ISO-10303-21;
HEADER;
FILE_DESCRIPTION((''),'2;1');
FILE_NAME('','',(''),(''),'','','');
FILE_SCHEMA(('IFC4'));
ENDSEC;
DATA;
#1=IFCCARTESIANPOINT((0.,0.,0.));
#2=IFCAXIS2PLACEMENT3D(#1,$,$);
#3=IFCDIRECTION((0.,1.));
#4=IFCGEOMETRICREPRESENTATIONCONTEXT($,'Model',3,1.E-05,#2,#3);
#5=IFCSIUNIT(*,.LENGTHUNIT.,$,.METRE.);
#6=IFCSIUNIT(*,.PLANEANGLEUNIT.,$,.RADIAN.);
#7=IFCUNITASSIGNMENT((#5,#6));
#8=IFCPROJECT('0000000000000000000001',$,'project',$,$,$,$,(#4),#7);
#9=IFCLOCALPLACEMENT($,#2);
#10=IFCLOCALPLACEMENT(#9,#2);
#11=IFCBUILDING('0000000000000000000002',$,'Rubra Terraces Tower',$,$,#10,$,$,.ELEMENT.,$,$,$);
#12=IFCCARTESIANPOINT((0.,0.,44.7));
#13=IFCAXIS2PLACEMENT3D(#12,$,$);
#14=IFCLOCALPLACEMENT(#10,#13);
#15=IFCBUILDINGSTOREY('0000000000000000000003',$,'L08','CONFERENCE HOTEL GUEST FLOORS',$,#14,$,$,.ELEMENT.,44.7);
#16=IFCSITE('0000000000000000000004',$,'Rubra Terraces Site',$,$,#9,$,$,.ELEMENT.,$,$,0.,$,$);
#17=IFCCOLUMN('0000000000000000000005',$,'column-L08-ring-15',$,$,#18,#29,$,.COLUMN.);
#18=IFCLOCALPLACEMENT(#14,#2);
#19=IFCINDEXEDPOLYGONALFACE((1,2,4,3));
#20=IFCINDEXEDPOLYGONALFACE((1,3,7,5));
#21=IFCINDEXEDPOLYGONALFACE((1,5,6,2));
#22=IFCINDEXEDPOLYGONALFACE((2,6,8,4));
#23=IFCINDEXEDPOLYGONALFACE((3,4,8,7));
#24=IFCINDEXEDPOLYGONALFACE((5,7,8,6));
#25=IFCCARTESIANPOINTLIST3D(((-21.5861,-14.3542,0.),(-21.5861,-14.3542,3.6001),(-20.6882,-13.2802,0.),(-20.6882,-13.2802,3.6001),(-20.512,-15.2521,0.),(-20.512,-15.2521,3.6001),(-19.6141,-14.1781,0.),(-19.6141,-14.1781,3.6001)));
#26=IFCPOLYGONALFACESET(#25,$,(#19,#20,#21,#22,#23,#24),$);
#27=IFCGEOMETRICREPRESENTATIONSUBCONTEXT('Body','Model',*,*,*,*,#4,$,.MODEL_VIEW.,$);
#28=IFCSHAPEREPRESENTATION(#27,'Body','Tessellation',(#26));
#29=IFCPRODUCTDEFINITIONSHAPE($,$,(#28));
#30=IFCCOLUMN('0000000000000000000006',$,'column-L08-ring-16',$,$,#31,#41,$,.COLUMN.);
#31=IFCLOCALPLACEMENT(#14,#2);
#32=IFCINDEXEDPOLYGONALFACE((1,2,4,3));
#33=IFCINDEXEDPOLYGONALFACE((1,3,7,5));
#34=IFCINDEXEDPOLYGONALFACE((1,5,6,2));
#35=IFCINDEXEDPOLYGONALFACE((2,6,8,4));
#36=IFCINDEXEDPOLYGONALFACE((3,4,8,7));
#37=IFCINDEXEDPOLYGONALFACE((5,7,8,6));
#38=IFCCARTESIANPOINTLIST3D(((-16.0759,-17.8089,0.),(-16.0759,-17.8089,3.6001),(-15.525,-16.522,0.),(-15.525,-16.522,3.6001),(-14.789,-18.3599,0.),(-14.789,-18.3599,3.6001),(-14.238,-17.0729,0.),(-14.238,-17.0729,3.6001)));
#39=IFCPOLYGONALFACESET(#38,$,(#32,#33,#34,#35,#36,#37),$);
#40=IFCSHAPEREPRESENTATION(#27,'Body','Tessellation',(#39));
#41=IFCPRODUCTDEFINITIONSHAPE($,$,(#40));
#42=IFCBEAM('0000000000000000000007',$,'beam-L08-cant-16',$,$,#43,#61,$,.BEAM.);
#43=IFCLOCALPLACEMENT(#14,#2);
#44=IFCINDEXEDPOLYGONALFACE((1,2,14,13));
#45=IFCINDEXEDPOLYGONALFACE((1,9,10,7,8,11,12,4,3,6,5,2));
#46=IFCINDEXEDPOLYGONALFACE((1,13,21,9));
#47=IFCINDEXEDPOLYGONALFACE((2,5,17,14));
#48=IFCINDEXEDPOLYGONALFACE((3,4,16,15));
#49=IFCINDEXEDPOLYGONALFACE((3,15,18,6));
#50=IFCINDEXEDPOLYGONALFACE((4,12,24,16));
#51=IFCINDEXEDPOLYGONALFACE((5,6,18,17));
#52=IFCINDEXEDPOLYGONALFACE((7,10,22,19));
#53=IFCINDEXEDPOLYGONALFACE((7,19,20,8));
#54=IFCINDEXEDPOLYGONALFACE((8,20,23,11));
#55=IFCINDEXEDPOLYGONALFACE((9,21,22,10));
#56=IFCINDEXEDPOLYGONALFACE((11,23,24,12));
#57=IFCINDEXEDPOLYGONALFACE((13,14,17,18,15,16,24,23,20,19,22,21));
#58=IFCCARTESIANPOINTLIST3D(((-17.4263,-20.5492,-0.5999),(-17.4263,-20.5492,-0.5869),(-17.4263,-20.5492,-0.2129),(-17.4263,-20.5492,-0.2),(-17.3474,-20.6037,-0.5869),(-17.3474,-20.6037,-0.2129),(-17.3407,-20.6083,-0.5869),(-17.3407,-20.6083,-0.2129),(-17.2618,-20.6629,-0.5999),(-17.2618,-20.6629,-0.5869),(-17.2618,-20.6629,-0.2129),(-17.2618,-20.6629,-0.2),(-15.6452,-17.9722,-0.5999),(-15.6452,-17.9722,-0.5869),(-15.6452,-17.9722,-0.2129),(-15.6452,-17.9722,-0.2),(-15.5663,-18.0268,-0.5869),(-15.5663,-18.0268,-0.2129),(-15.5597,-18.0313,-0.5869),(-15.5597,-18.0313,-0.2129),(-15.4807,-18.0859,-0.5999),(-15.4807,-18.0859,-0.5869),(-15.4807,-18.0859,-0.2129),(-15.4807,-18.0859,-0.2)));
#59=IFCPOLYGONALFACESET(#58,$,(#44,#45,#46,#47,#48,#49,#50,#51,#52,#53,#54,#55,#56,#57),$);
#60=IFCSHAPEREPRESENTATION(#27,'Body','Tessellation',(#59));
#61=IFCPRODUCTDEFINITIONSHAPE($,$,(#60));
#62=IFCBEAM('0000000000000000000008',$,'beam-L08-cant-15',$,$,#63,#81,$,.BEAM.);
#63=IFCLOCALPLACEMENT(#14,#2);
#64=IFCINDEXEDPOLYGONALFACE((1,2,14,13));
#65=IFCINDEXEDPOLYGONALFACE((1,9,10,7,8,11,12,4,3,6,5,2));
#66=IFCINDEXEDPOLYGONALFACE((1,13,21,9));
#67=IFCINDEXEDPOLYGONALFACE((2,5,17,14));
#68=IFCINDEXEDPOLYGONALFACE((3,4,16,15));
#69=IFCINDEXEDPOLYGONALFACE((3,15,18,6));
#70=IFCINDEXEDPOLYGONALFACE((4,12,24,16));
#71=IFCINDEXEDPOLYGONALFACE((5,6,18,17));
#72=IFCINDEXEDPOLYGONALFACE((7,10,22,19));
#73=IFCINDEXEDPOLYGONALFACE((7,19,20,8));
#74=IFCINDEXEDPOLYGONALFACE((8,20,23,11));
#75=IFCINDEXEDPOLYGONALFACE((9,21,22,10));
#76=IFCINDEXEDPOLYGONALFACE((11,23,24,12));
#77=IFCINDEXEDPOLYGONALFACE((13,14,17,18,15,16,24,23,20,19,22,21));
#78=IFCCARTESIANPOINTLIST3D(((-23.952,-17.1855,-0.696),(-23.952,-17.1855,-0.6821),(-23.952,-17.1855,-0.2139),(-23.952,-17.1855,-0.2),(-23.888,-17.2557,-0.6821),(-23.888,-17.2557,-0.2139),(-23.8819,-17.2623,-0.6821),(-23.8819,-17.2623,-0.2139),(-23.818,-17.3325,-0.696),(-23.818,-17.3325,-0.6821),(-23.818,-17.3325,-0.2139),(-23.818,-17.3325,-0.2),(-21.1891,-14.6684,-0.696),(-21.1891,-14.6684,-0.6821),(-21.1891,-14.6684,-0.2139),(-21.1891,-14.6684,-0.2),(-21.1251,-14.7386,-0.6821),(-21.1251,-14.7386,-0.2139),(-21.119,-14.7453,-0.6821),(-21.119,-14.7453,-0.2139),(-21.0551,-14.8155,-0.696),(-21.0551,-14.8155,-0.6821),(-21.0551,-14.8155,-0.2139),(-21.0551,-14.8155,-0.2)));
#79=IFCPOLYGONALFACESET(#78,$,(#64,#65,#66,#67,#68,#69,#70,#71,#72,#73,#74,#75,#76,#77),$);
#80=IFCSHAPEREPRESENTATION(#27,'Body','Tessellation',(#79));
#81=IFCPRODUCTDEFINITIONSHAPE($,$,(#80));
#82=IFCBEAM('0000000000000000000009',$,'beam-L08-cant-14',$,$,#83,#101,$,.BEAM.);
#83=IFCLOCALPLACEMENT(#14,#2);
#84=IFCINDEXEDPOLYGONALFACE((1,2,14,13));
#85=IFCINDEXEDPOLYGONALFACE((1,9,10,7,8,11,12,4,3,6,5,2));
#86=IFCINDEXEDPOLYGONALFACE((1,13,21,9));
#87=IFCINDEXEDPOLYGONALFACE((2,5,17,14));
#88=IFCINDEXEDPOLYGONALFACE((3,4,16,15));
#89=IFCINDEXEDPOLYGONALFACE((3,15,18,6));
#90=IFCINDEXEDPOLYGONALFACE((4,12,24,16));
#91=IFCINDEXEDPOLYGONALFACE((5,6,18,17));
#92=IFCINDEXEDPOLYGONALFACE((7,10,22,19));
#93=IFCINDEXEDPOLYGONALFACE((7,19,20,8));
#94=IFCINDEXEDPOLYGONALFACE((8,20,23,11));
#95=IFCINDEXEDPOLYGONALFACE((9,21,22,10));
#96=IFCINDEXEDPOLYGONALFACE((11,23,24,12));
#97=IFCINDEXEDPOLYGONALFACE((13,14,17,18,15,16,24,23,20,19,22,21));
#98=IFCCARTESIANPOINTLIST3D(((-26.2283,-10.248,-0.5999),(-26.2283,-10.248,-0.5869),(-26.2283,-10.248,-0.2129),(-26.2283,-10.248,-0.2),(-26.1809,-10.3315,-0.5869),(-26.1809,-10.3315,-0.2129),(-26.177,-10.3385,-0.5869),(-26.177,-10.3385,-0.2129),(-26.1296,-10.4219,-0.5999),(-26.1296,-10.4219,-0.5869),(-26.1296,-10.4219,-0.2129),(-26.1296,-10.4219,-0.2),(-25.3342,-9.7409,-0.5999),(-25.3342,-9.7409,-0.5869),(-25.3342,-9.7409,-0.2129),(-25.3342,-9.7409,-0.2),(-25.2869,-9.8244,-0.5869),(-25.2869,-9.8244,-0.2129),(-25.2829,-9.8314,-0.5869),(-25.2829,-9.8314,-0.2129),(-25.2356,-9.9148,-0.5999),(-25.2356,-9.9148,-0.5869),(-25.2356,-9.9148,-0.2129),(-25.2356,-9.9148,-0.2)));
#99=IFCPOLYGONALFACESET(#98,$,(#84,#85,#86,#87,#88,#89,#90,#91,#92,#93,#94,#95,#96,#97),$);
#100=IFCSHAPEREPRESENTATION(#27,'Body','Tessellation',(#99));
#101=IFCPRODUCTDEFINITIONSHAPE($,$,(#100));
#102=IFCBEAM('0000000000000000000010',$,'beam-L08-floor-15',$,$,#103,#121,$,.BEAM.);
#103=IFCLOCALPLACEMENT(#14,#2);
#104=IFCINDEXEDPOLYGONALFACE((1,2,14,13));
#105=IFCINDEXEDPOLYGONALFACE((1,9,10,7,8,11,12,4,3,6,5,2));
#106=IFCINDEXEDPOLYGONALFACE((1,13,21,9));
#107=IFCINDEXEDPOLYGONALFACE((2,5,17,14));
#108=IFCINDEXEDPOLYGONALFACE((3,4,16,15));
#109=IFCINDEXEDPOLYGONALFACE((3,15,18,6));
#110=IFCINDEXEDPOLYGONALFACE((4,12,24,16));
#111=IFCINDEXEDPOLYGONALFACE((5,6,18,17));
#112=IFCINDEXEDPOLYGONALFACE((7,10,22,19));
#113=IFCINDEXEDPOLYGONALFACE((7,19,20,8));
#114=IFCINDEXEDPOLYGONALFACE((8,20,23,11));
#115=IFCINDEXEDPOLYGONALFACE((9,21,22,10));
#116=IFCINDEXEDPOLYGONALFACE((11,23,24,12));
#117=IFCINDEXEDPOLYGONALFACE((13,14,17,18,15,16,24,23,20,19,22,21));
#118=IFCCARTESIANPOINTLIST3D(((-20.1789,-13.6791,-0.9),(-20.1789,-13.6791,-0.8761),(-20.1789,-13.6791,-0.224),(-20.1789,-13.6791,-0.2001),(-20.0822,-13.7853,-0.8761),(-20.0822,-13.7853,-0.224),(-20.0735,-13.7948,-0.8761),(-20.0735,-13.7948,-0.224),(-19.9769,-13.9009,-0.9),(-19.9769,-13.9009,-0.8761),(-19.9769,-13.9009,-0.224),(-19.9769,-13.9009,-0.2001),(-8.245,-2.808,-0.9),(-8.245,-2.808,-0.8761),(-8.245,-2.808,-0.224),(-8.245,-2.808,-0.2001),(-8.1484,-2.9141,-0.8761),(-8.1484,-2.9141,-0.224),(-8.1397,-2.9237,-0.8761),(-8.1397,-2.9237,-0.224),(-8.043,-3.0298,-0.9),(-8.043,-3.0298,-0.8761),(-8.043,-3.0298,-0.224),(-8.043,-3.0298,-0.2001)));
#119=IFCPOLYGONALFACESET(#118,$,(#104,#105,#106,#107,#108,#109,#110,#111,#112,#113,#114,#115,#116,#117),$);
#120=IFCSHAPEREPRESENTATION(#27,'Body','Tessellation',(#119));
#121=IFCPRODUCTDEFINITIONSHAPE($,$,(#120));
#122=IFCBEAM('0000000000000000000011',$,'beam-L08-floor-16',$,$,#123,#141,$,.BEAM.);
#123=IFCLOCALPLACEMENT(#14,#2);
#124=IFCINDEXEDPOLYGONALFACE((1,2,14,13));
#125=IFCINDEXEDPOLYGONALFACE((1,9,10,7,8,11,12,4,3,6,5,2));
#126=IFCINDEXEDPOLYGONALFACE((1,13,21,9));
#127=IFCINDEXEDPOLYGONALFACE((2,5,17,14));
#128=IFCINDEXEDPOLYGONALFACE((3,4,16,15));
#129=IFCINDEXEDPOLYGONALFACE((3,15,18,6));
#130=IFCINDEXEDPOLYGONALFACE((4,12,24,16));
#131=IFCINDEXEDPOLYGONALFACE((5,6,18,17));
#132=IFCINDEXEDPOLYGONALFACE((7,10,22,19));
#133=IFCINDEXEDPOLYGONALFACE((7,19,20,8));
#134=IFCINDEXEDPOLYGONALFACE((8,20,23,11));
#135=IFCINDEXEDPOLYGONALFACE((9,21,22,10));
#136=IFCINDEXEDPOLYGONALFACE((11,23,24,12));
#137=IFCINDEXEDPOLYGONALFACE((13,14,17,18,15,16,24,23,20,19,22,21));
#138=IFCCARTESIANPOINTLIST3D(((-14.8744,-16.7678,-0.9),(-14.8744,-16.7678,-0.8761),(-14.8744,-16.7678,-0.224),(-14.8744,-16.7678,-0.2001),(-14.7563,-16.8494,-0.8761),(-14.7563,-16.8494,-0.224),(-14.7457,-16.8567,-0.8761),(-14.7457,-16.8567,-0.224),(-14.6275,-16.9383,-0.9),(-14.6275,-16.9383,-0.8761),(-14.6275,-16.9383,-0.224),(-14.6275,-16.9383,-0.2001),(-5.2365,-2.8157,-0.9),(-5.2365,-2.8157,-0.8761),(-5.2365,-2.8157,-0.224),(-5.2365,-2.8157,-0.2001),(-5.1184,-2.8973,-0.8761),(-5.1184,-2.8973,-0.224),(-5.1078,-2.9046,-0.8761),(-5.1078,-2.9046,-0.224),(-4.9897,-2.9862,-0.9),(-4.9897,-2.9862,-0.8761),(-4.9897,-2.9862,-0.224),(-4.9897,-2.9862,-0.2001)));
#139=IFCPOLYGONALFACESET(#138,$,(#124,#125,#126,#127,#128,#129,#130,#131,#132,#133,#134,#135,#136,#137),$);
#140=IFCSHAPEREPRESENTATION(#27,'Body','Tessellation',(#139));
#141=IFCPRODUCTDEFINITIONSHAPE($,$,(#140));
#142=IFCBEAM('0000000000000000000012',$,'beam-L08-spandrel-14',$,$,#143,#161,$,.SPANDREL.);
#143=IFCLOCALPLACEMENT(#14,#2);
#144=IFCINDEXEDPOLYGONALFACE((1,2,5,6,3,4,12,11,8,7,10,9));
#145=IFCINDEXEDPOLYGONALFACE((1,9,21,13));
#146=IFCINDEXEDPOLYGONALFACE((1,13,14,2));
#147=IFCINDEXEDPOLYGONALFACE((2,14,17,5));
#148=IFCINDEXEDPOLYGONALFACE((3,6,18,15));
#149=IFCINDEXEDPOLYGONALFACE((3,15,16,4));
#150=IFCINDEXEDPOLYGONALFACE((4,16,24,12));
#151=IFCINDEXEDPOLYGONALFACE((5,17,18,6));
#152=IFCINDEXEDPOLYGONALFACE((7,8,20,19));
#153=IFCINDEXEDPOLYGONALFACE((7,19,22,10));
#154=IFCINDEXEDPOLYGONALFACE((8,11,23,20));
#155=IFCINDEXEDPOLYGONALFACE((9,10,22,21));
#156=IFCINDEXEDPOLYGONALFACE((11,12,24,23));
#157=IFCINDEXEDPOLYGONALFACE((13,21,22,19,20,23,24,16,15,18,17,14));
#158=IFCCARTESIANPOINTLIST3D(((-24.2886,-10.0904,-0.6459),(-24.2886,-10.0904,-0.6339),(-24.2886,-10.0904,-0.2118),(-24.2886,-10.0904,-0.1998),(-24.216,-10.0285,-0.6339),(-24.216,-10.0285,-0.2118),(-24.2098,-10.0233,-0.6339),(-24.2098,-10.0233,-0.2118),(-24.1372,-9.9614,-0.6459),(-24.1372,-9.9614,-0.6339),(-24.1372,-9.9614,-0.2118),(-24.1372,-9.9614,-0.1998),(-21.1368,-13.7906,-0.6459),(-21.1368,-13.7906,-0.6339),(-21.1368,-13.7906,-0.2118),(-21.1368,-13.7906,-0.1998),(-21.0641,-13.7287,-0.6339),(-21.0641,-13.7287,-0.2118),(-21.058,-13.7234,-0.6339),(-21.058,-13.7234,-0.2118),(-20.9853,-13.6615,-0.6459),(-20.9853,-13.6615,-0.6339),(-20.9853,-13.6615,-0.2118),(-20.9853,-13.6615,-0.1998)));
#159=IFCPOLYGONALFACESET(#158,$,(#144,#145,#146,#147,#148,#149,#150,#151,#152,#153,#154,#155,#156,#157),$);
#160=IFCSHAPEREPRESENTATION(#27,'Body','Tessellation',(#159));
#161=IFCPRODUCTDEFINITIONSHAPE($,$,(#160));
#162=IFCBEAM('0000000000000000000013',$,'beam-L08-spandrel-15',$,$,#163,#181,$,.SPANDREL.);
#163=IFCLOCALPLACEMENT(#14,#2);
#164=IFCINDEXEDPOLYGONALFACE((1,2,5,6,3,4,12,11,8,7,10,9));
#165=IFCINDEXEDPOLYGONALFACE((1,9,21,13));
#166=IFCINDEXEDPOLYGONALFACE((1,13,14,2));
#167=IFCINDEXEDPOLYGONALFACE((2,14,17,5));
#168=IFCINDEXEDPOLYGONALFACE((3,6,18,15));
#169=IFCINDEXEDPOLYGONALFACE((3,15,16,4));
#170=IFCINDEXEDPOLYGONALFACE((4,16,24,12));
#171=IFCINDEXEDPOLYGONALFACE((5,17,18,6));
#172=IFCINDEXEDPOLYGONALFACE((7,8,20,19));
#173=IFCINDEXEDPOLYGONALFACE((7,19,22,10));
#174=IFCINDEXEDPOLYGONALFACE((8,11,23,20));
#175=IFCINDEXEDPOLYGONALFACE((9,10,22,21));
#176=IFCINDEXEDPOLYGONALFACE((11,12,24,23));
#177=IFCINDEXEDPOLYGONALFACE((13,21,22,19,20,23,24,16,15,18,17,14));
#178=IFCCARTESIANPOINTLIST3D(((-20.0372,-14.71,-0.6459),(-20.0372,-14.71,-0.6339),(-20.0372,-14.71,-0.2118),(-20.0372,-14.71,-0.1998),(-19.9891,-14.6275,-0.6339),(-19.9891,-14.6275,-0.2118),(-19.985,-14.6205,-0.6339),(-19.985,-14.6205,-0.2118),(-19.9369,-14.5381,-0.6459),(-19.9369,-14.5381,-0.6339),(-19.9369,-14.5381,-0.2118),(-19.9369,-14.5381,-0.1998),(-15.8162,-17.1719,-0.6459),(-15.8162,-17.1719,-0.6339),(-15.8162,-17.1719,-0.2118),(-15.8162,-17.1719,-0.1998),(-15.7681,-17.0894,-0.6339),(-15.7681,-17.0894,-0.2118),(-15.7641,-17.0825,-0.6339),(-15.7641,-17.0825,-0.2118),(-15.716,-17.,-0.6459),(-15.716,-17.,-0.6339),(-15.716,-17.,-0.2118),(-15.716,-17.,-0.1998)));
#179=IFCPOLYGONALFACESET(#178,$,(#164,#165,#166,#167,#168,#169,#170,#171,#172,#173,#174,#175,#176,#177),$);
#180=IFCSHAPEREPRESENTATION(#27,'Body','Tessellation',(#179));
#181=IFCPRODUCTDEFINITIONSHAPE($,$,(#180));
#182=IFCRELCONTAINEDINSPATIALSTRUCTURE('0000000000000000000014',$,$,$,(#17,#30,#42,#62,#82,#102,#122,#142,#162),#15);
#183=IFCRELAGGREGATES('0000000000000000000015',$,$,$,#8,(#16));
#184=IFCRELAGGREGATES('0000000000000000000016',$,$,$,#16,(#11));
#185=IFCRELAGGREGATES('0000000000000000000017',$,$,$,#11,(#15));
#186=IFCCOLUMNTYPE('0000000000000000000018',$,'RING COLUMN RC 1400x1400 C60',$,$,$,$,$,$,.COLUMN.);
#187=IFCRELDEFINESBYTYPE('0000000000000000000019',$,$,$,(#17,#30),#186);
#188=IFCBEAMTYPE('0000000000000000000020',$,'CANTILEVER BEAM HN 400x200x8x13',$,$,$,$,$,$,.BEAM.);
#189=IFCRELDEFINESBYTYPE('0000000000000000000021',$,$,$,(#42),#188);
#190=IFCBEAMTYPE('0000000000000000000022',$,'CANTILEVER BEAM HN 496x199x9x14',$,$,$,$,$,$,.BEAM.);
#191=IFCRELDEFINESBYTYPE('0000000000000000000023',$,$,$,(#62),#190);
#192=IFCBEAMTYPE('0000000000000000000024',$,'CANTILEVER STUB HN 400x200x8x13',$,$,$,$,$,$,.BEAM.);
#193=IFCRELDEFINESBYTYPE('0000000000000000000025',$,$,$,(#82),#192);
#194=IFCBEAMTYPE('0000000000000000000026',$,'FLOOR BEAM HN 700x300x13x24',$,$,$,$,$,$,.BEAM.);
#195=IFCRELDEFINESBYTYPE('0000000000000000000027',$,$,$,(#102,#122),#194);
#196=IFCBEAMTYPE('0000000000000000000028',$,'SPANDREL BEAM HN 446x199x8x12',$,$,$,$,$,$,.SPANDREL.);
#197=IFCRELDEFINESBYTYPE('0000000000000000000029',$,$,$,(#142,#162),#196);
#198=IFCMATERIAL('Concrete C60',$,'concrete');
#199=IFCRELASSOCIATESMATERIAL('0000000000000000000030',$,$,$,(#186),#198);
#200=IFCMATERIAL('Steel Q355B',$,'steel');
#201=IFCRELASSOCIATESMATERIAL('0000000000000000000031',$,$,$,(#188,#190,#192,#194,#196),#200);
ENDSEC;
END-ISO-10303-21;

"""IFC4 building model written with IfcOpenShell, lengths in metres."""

from ifc_helpers import new_model, si_unit, direction, frame, origin, origin_2d, place, context, subcontext, project, spatial, rectangle, i_section, extrude, material, material_profile, profile_set, type_object, element, save


model = new_model("IFC4")

# Units and contexts
model_context = context("Model", 3, precision=1e-05, world=origin(), true_north=direction((0.0, 1.0)))
body_context = subcontext(model_context, "Body", "Model", "MODEL_VIEW")
ifc_project = project(units=[si_unit("LENGTHUNIT", "METRE"), si_unit("PLANEANGLEUNIT", "RADIAN")], contexts=[model_context])

# Site, building, storey
site_placement = place(None, origin())
site = spatial("IfcSite", under=ifc_project, at=site_placement, Name="Rubra Terraces Site", CompositionType="ELEMENT", RefElevation=0.0)
building_placement = place(site_placement, origin())
building = spatial("IfcBuilding", under=site, at=building_placement, Name="Rubra Terraces Tower", CompositionType="ELEMENT")
storey_placement = place(building_placement, frame((0.0, 0.0, 44.7)))
storey = spatial("IfcBuildingStorey", under=building, at=storey_placement, Name="L08", Description="CONFERENCE HOTEL GUEST FLOORS", CompositionType="ELEMENT", Elevation=44.7)

# Columns
ifc_material_1 = material(Name="Concrete C60", Category="concrete")
ifc_material_profile_1 = material_profile(ifc_material_1, rectangle(XDim=1.3999, YDim=1.3999, at=origin_2d()), Name="RC 1400x1400")
ifc_profile_set_1 = profile_set([ifc_material_profile_1], Name="Concrete C60")
column_type = type_object("IfcColumnType", Name="RING COLUMN RC 1400x1400 C60", PredefinedType="COLUMN", material=ifc_profile_set_1)
for number, where, z_axis, x_axis, name in (
    (1, (-20.6001, -14.2661, 0.0), (0.0, 0.0, 1.0), (0.76721, -0.641397, 0.0), "column-L08-ring-15"),
    (2, (-15.157, -17.4409, 0.0), (0.0, 0.0, 1.0), (0.919294, -0.393572, 0.0), "column-L08-ring-16"),
):
    element("IfcColumn", number, at=place(storey_placement, frame(where, z_axis=z_axis, x_axis=x_axis)), inside=storey, type_object=column_type, Name=name, PredefinedType="COLUMN", context=body_context, shape_type="SweptSolid", body=[
        extrude(rectangle(XDim=1.3999, YDim=1.3999, at=origin_2d()), origin(), (0.0, 0.0, 1.0), 3.6001),
    ])

# Beams
ifc_material_2 = material(Name="Steel Q355B", Category="steel")
ifc_material_profile_2 = material_profile(ifc_material_2, i_section(OverallWidth=0.2, OverallDepth=0.3999, WebThickness=0.0081, FlangeThickness=0.0129, at=origin_2d()), Name="HN 400x200x8x13")
ifc_profile_set_2 = profile_set([ifc_material_profile_2], Name="Steel Q355B")
beam_type_1 = type_object("IfcBeamType", Name="CANTILEVER BEAM HN 400x200x8x13", PredefinedType="BEAM", material=ifc_profile_set_2)
beam_1_placement = place(storey_placement, frame((-15.563, -18.0291, -0.3999), z_axis=(-0.568561, -0.822641, 0.0), x_axis=(0.822641, -0.568561, 0.0)))
element("IfcBeam", 3, at=beam_1_placement, inside=storey, type_object=beam_type_1, Name="beam-L08-cant-16", PredefinedType="BEAM", context=body_context, shape_type="SweptSolid", body=[
    extrude(i_section(OverallWidth=0.2, OverallDepth=0.3999, WebThickness=0.0081, FlangeThickness=0.0129, at=origin_2d()), origin(), (0.0, 0.0, 1.0), 3.1326),
])
ifc_material_profile_3 = material_profile(ifc_material_2, i_section(OverallWidth=0.199, OverallDepth=0.4961, WebThickness=0.009, FlangeThickness=0.0139, at=origin_2d()), Name="HN 496x199x9x14")
ifc_profile_set_3 = profile_set([ifc_material_profile_3], Name="Steel Q355B")
beam_type_2 = type_object("IfcBeamType", Name="CANTILEVER BEAM HN 496x199x9x14", PredefinedType="BEAM", material=ifc_profile_set_3)
beam_2_placement = place(storey_placement, frame((-21.1221, -14.7419, -0.448), z_axis=(-0.73923, -0.673453, 0.0), x_axis=(0.673453, -0.73923, 0.0)))
element("IfcBeam", 4, at=beam_2_placement, inside=storey, type_object=beam_type_2, Name="beam-L08-cant-15", PredefinedType="BEAM", context=body_context, shape_type="SweptSolid", body=[
    extrude(i_section(OverallWidth=0.199, OverallDepth=0.4961, WebThickness=0.009, FlangeThickness=0.0139, at=origin_2d()), origin(), (0.0, 0.0, 1.0), 3.7375),
])
ifc_material_profile_4 = material_profile(ifc_material_2, i_section(OverallWidth=0.2, OverallDepth=0.3999, WebThickness=0.0081, FlangeThickness=0.0129, at=origin_2d()), Name="HN 400x200x8x13")
ifc_profile_set_4 = profile_set([ifc_material_profile_4], Name="Steel Q355B")
beam_type_3 = type_object("IfcBeamType", Name="CANTILEVER STUB HN 400x200x8x13", PredefinedType="BEAM", material=ifc_profile_set_4)
beam_3_placement = place(storey_placement, frame((-25.2849, -9.8279, -0.3999), z_axis=(-0.869832, -0.493348, 0.0), x_axis=(0.493348, -0.869832, 0.0)))
element("IfcBeam", 5, at=beam_3_placement, inside=storey, type_object=beam_type_3, Name="beam-L08-cant-14", PredefinedType="BEAM", context=body_context, shape_type="SweptSolid", body=[
    extrude(i_section(OverallWidth=0.2, OverallDepth=0.3999, WebThickness=0.0081, FlangeThickness=0.0129, at=origin_2d()), origin(), (0.0, 0.0, 1.0), 1.0278),
])
ifc_material_profile_5 = material_profile(ifc_material_2, i_section(OverallWidth=0.3, OverallDepth=0.7, WebThickness=0.0129, FlangeThickness=0.0239, at=origin_2d()), Name="HN 700x300x13x24")
ifc_profile_set_5 = profile_set([ifc_material_profile_5], Name="Steel Q355B")
beam_type_4 = type_object("IfcBeamType", Name="FLOOR BEAM HN 700x300x13x24", PredefinedType="BEAM", material=ifc_profile_set_5)
beam_4_placement = place(storey_placement, frame((-20.0779, -13.79, -0.55), z_axis=(0.739257, 0.673424, 0.0), x_axis=(-0.673424, 0.739257, 0.0)))
element("IfcBeam", 6, at=beam_4_placement, inside=storey, type_object=beam_type_4, Name="beam-L08-floor-15", PredefinedType="BEAM", context=body_context, shape_type="SweptSolid", body=[
    extrude(i_section(OverallWidth=0.3, OverallDepth=0.7, WebThickness=0.0129, FlangeThickness=0.0239, at=origin_2d()), origin(), (0.0, 0.0, 1.0), 16.1431),
])
beam_5_placement = place(storey_placement, frame((-14.751, -16.853, -0.55), z_axis=(0.568363, 0.822778, 0.0), x_axis=(-0.822778, 0.568363, 0.0)))
element("IfcBeam", 7, at=beam_5_placement, inside=storey, type_object=beam_type_4, Name="beam-L08-floor-16", PredefinedType="BEAM", context=body_context, shape_type="SweptSolid", body=[
    extrude(i_section(OverallWidth=0.3, OverallDepth=0.7, WebThickness=0.0129, FlangeThickness=0.0239, at=origin_2d()), origin(), (0.0, 0.0, 1.0), 16.9573),
])
ifc_material_profile_6 = material_profile(ifc_material_2, i_section(OverallWidth=0.199, OverallDepth=0.446, WebThickness=0.0081, FlangeThickness=0.012, at=origin_2d()), Name="HN 446x199x8x12")
ifc_profile_set_6 = profile_set([ifc_material_profile_6], Name="Steel Q355B")
beam_type_5 = type_object("IfcBeamType", Name="SPANDREL BEAM HN 446x199x8x12", PredefinedType="SPANDREL", material=ifc_profile_set_6)
beam_6_placement = place(storey_placement, frame((-24.2129, -10.0259, -0.4229), z_axis=(0.648447, -0.76126, 0.0), x_axis=(0.76126, 0.648447, 0.0)))
element("IfcBeam", 8, at=beam_6_placement, inside=storey, type_object=beam_type_5, Name="beam-L08-spandrel-14", PredefinedType="SPANDREL", context=body_context, shape_type="SweptSolid", body=[
    extrude(i_section(OverallWidth=0.199, OverallDepth=0.446, WebThickness=0.0081, FlangeThickness=0.012, at=origin_2d()), origin(), (0.0, 0.0, 1.0), 4.8606),
])
beam_7_placement = place(storey_placement, frame((-19.9871, -14.624, -0.4229), z_axis=(0.863806, -0.503824, 0.0), x_axis=(0.503824, 0.863806, 0.0)))
element("IfcBeam", 9, at=beam_7_placement, inside=storey, type_object=beam_type_5, Name="beam-L08-spandrel-15", PredefinedType="SPANDREL", context=body_context, shape_type="SweptSolid", body=[
    extrude(i_section(OverallWidth=0.199, OverallDepth=0.446, WebThickness=0.0081, FlangeThickness=0.012, at=origin_2d()), origin(), (0.0, 0.0, 1.0), 4.8865),
])

save(model, "model.ifc")
